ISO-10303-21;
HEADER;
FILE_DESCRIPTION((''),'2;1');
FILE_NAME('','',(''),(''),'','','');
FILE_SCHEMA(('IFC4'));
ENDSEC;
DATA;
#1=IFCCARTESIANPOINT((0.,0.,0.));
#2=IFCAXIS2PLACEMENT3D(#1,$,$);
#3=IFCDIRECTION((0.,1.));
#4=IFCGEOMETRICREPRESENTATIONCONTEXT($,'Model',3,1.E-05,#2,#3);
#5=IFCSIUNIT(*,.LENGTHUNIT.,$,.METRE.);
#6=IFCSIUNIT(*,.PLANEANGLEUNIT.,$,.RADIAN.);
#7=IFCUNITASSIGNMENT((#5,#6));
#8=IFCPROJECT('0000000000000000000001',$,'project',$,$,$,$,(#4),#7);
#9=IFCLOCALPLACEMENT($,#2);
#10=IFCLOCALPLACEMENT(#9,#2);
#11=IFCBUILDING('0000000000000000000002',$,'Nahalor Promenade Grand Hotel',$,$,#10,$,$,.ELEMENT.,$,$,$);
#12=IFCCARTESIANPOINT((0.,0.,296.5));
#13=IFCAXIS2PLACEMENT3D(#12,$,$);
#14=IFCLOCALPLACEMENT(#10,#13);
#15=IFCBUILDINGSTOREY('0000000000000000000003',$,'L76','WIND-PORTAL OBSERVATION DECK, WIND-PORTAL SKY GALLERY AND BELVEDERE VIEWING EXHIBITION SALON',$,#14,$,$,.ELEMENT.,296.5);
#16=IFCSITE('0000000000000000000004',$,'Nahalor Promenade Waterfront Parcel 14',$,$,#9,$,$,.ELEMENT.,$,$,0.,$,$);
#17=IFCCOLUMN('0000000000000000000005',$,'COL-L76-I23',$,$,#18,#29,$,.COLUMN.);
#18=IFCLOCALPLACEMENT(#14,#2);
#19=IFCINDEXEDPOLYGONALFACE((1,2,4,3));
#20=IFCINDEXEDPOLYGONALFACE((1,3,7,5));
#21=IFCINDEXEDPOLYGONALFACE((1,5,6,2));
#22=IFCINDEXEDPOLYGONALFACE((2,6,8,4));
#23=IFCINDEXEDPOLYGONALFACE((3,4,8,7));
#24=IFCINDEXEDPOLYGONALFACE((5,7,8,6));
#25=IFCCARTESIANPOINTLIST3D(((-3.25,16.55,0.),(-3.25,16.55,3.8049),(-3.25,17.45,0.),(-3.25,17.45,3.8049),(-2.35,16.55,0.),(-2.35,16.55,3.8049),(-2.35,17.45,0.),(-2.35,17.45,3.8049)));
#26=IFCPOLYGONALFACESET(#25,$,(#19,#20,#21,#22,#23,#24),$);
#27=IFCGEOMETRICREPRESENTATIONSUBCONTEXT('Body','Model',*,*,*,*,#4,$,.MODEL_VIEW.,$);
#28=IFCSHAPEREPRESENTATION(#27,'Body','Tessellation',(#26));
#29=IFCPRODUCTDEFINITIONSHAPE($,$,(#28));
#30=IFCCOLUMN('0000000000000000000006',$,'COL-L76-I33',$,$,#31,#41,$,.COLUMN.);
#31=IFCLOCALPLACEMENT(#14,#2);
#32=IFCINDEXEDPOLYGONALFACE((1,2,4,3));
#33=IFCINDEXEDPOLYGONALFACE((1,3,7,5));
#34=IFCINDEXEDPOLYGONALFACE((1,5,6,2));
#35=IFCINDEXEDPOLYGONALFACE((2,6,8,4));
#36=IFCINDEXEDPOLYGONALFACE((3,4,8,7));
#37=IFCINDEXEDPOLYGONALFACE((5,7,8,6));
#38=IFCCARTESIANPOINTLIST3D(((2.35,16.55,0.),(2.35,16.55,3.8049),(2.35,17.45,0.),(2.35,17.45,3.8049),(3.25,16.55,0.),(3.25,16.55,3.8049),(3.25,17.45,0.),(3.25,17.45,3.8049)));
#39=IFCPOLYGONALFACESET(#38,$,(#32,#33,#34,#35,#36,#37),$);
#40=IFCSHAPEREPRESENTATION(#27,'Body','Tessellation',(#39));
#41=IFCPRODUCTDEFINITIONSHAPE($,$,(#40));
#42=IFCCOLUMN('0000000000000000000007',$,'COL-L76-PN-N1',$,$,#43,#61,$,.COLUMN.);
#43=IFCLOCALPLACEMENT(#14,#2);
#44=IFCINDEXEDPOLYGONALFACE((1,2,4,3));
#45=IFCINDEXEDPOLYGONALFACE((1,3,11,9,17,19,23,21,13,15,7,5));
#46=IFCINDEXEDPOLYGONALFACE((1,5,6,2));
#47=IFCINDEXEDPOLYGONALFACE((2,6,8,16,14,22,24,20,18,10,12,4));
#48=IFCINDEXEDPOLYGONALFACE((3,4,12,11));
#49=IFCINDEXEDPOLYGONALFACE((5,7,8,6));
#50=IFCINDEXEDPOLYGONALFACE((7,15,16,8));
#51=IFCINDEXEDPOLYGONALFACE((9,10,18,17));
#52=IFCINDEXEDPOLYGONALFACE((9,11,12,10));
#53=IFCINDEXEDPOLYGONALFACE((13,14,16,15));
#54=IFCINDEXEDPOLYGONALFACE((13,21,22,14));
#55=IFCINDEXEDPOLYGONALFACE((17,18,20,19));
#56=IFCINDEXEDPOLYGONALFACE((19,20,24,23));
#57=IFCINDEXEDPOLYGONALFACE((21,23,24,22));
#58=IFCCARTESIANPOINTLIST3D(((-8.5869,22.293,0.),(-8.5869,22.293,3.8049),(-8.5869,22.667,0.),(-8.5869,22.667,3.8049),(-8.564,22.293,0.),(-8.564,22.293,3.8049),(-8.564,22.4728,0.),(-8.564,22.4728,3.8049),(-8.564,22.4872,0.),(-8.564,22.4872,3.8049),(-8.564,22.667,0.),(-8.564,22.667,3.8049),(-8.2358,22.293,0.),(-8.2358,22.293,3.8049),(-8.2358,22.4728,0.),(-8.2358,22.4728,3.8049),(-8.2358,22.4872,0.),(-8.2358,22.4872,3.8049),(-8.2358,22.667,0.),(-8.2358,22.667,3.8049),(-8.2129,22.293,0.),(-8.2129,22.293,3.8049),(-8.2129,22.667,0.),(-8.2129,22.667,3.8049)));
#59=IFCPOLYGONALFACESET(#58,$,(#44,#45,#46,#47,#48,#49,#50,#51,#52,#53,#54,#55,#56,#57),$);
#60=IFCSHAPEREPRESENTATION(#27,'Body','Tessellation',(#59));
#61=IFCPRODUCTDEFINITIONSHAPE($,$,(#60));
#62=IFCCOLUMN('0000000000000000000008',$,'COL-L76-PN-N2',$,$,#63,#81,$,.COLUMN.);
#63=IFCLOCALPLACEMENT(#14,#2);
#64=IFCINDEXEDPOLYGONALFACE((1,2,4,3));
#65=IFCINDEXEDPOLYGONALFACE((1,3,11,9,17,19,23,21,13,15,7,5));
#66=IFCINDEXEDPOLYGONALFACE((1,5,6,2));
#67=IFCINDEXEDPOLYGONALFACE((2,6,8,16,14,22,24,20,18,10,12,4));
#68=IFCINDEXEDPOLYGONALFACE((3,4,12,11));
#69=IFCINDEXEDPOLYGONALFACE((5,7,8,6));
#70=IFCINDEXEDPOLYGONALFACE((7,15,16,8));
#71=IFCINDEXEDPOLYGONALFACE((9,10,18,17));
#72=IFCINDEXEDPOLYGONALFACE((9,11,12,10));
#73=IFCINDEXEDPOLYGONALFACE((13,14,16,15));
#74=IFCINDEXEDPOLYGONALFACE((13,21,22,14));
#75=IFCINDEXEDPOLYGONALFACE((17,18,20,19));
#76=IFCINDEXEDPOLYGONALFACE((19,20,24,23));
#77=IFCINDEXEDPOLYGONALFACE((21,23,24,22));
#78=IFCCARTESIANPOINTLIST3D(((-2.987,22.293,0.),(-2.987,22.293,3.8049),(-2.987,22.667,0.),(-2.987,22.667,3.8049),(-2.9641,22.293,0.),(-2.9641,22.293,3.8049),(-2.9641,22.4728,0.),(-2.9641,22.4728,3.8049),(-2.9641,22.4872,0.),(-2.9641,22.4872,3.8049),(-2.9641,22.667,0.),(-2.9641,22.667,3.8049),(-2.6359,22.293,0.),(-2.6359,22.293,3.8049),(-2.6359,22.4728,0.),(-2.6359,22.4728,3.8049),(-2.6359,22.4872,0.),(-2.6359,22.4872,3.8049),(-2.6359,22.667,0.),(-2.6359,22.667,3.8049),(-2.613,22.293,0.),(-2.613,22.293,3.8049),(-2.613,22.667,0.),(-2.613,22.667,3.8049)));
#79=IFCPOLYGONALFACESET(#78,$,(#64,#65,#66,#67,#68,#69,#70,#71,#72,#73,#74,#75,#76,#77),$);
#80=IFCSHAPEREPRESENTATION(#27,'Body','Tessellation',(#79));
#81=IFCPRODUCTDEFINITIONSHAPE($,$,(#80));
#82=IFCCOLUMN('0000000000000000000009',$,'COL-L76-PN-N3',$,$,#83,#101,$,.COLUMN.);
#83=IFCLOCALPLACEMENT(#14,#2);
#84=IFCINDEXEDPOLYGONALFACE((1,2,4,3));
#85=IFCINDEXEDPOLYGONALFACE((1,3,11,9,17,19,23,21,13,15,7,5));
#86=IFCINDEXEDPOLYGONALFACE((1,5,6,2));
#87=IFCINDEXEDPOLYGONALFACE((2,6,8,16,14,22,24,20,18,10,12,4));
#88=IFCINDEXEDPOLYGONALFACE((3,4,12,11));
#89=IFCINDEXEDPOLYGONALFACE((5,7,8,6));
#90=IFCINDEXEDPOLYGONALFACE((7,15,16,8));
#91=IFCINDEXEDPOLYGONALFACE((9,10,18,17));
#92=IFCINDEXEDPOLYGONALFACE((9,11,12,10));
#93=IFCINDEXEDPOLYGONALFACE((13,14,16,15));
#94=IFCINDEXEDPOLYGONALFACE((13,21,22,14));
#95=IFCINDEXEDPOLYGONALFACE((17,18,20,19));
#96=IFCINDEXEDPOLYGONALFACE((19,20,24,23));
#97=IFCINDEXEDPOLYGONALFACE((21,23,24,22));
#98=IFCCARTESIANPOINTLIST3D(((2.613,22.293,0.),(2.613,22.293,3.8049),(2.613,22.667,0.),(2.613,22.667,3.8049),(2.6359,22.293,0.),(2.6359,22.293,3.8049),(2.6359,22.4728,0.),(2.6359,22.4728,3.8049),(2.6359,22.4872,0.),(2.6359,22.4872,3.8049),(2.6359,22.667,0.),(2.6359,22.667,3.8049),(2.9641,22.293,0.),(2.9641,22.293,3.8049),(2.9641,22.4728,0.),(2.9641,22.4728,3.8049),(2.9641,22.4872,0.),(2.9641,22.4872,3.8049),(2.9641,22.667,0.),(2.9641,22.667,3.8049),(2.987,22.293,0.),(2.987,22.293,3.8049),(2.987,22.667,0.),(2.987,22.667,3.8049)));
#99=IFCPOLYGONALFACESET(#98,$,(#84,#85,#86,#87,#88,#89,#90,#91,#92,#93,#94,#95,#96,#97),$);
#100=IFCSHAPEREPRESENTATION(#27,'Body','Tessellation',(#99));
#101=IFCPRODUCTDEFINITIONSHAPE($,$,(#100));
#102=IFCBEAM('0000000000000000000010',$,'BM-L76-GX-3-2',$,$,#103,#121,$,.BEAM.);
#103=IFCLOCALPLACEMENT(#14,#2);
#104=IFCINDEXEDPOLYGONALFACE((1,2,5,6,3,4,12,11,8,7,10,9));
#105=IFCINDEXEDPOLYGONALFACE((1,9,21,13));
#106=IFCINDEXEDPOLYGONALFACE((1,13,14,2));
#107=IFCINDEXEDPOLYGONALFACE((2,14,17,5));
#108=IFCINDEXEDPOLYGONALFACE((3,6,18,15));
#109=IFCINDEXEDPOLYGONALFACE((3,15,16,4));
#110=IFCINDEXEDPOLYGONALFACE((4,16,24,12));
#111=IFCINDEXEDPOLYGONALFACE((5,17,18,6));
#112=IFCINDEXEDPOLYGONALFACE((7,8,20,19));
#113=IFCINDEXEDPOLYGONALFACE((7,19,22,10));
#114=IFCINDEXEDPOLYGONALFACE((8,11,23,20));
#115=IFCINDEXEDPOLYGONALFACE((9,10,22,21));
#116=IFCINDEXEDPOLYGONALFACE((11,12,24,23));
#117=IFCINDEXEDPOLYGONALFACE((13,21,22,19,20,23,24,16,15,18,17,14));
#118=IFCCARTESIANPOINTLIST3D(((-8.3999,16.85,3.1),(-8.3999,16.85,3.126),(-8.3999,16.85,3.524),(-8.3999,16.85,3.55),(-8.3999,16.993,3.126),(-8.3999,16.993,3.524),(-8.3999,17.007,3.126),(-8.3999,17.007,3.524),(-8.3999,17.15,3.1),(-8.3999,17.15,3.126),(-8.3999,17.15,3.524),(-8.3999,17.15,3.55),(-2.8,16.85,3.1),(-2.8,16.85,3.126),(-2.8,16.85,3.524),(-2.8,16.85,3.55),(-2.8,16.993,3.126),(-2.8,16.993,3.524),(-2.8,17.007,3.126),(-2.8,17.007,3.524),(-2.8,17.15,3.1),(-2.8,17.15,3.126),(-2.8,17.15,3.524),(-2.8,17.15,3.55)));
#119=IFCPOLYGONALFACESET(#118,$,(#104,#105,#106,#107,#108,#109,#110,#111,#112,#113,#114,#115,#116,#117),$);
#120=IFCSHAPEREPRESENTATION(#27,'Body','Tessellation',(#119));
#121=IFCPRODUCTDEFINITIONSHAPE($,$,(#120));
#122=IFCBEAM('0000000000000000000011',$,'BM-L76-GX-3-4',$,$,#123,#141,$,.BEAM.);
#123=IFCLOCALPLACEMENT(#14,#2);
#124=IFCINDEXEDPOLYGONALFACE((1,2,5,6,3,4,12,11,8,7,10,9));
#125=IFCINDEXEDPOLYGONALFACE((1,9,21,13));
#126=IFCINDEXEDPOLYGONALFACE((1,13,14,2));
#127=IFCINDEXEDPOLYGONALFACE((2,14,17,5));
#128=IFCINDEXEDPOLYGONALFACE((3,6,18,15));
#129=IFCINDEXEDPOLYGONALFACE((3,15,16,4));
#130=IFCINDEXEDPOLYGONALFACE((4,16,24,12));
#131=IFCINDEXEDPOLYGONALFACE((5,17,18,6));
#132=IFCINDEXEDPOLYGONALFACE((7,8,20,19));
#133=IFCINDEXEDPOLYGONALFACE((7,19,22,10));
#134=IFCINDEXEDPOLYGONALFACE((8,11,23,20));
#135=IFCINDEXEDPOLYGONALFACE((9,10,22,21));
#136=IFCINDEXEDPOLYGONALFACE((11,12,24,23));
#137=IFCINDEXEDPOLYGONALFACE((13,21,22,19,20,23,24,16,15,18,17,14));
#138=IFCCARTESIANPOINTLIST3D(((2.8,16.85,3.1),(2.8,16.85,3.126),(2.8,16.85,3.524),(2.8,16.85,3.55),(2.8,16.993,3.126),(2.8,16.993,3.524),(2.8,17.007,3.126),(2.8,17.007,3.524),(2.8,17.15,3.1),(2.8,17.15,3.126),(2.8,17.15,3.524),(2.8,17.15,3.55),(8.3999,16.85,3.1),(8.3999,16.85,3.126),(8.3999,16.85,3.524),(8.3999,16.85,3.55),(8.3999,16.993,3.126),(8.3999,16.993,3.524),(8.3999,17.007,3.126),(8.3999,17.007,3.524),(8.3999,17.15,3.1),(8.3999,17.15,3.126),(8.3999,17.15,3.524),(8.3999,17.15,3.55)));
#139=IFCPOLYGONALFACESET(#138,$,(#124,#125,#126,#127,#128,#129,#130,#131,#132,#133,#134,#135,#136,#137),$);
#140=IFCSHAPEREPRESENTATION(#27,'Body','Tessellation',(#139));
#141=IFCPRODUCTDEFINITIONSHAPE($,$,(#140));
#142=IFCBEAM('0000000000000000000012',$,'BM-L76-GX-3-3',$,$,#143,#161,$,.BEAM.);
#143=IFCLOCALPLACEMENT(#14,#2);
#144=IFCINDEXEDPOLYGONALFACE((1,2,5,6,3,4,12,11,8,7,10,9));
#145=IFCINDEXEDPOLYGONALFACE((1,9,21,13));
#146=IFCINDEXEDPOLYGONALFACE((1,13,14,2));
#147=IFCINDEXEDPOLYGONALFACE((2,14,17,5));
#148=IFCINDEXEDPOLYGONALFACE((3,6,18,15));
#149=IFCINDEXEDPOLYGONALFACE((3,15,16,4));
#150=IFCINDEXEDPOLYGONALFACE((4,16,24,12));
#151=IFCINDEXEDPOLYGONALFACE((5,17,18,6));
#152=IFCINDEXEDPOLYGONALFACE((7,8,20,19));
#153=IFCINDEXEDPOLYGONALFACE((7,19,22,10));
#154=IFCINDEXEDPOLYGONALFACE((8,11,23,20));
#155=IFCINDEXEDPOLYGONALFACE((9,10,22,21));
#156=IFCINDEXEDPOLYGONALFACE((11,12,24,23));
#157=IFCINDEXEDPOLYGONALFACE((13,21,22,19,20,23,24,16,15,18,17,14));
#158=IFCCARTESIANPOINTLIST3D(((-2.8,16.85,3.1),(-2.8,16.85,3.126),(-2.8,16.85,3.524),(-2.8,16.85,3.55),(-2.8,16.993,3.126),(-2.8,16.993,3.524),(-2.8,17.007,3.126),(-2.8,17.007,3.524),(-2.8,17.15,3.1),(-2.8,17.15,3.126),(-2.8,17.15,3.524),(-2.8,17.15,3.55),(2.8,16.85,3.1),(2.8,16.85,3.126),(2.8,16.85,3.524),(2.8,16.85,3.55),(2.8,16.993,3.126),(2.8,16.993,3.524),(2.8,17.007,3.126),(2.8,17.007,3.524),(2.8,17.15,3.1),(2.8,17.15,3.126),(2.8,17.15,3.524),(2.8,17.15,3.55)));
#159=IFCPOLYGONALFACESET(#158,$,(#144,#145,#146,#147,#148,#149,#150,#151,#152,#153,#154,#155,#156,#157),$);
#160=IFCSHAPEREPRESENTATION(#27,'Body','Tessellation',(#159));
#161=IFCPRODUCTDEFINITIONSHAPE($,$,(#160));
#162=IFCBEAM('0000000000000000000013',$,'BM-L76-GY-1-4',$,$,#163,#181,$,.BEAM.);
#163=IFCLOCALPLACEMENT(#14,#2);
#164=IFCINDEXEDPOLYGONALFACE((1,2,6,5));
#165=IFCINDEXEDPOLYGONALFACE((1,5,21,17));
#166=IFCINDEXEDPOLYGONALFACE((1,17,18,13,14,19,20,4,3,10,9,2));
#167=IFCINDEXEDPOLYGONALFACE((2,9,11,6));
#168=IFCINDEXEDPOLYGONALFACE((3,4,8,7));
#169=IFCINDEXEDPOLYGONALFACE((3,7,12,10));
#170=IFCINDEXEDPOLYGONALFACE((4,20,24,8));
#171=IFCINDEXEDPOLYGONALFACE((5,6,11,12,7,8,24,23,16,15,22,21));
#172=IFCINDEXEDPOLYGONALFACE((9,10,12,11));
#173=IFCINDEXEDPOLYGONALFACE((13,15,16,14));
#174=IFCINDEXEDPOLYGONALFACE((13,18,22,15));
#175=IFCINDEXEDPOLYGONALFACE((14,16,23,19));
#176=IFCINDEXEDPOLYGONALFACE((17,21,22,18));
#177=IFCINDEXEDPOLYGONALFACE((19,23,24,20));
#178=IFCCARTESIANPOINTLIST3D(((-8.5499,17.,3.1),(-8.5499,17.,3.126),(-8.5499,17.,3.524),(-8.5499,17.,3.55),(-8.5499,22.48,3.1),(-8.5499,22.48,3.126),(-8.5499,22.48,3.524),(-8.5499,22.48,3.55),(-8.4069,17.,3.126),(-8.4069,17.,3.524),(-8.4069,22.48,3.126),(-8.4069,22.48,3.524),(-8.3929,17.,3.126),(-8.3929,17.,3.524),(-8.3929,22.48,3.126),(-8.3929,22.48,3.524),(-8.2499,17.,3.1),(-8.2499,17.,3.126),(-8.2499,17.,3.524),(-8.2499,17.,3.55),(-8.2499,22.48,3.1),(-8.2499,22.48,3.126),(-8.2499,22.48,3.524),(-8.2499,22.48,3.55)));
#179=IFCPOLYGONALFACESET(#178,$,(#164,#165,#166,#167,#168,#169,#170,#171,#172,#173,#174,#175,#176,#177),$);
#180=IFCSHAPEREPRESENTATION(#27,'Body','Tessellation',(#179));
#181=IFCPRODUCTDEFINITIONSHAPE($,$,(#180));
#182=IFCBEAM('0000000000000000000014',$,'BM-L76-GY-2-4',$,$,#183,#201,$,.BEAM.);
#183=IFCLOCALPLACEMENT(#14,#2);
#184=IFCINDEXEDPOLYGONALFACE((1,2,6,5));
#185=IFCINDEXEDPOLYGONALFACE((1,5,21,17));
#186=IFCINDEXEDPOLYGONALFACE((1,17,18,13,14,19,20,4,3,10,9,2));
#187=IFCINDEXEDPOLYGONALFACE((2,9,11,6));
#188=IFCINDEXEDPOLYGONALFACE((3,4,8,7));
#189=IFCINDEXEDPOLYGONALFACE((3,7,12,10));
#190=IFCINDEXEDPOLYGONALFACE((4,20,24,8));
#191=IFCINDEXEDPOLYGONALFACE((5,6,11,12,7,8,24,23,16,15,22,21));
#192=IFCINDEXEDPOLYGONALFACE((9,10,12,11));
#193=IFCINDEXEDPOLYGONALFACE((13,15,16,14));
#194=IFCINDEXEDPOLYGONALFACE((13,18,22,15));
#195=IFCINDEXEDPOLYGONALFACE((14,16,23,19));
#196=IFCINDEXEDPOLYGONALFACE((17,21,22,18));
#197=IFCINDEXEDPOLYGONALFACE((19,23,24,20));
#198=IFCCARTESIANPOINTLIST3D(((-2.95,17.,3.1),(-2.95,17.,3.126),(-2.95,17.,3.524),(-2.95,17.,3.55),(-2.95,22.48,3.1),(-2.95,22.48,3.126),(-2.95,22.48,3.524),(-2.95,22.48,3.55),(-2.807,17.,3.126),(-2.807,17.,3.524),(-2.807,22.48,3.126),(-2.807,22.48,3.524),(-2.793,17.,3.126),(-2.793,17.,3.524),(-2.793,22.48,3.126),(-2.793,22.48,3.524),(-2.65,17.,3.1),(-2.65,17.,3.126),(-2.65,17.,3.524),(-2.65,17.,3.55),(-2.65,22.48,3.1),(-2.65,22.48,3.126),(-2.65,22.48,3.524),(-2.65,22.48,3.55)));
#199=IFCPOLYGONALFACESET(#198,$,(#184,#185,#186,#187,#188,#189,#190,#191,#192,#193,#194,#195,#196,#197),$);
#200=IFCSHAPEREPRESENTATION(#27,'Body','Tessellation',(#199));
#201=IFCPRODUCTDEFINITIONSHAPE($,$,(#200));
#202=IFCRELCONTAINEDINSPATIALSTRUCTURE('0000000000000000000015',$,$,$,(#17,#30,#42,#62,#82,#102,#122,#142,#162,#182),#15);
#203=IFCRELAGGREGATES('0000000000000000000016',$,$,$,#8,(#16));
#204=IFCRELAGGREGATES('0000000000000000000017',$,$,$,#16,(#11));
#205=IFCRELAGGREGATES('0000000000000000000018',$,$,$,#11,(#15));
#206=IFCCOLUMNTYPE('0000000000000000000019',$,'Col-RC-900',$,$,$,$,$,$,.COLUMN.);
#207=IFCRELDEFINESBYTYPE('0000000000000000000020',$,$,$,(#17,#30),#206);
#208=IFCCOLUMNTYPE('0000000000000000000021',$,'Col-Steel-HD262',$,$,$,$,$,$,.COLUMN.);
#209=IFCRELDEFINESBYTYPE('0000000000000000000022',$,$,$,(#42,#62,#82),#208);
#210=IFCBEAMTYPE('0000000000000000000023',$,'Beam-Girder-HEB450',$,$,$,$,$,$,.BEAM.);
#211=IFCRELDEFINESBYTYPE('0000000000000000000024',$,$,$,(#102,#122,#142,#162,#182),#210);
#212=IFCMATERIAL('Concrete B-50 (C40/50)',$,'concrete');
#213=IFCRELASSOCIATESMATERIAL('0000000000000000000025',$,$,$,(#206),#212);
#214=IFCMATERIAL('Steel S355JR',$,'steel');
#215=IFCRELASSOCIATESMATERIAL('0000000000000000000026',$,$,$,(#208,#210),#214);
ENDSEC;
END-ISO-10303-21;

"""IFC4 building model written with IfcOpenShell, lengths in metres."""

from ifc_helpers import new_model, si_unit, direction, frame, origin, origin_2d, place, context, subcontext, project, spatial, rectangle, i_section, extrude, source, transform, mapped, material, material_profile, profile_set, type_object, element, save


model = new_model("IFC4")

# Units and contexts
model_context = context("Model", 3, precision=1e-05, world=origin(), true_north=direction((0.0, 1.0)))
body_context = subcontext(model_context, "Body", "Model", "MODEL_VIEW")
ifc_project = project(units=[si_unit("LENGTHUNIT", "METRE"), si_unit("PLANEANGLEUNIT", "RADIAN")], contexts=[model_context])

# Site, building, storey
site_placement = place(None, origin())
site = spatial("IfcSite", under=ifc_project, at=site_placement, Name="Nahalor Promenade Waterfront Parcel 14", CompositionType="ELEMENT", RefElevation=0.0)
building_placement = place(site_placement, origin())
building = spatial("IfcBuilding", under=site, at=building_placement, Name="Nahalor Promenade Grand Hotel", CompositionType="ELEMENT")
storey_placement = place(building_placement, frame((0.0, 0.0, 296.5)))
storey = spatial("IfcBuildingStorey", under=building, at=storey_placement, Name="L76", Description="WIND-PORTAL OBSERVATION DECK, WIND-PORTAL SKY GALLERY AND BELVEDERE VIEWING EXHIBITION SALON", CompositionType="ELEMENT", Elevation=296.5)

# Columns
ifc_material_1 = material(Name="Concrete B-50 (C40/50)", Category="concrete")
ifc_material_profile_1 = material_profile(ifc_material_1, rectangle(XDim=0.9, YDim=0.9, at=origin_2d()), Name="RC 900x900")
ifc_profile_set_1 = profile_set([ifc_material_profile_1], Name="Concrete B-50 (C40/50)")
column_type_1 = type_object("IfcColumnType", Name="Col-RC-900", PredefinedType="COLUMN", material=ifc_profile_set_1)
shared_shape_1 = source(origin(), body_context, "Body", "SweptSolid", [
    extrude(rectangle(XDim=0.9, YDim=0.9, at=origin_2d()), origin(), (0.0, 0.0, 1.0), 3.8049),
])
for number, where, z_axis, x_axis, name in (
    (1, (-2.8, 17.0, 0.0), (0.0, 0.0, 1.0), (1.0, 0.0, 0.0), "COL-L76-I23"),
    (2, (2.8, 17.0, 0.0), (0.0, 0.0, 1.0), (1.0, 0.0, 0.0), "COL-L76-I33"),
):
    element("IfcColumn", number, at=place(storey_placement, frame(where, z_axis=z_axis, x_axis=x_axis)), inside=storey, type_object=column_type_1, Name=name, PredefinedType="COLUMN", context=body_context, shape_type="MappedRepresentation", body=[
        mapped(shared_shape_1, transform((0.0, 0.0, 0.0), scale=1.0)),
    ])
ifc_material_2 = material(Name="Steel S355JR", Category="steel")
ifc_material_profile_2 = material_profile(ifc_material_2, i_section(OverallWidth=0.374, OverallDepth=0.374, WebThickness=0.0144, FlangeThickness=0.0229, at=origin_2d()), Name="HD 360x262")
ifc_profile_set_2 = profile_set([ifc_material_profile_2], Name="Steel S355JR")
column_type_2 = type_object("IfcColumnType", Name="Col-Steel-HD262", PredefinedType="COLUMN", material=ifc_profile_set_2)
shared_shape_2 = source(origin(), body_context, "Body", "SweptSolid", [
    extrude(i_section(OverallWidth=0.374, OverallDepth=0.374, WebThickness=0.0144, FlangeThickness=0.0229, at=origin_2d()), origin(), (0.0, 0.0, 1.0), 3.8049),
])
for number, where, z_axis, x_axis, name in (
    (3, (-8.3999, 22.48, 0.0), (0.0, 0.0, 1.0), (0.0, 1.0, 0.0), "COL-L76-PN-N1"),
    (4, (-2.8, 22.48, 0.0), (0.0, 0.0, 1.0), (0.0, 1.0, 0.0), "COL-L76-PN-N2"),
    (5, (2.8, 22.48, 0.0), (0.0, 0.0, 1.0), (0.0, 1.0, 0.0), "COL-L76-PN-N3"),
):
    element("IfcColumn", number, at=place(storey_placement, frame(where, z_axis=z_axis, x_axis=x_axis)), inside=storey, type_object=column_type_2, Name=name, PredefinedType="COLUMN", context=body_context, shape_type="MappedRepresentation", body=[
        mapped(shared_shape_2, transform((0.0, 0.0, 0.0), scale=1.0)),
    ])

# Beams
ifc_material_profile_3 = material_profile(ifc_material_2, i_section(OverallWidth=0.3, OverallDepth=0.45, WebThickness=0.014, FlangeThickness=0.026, at=origin_2d()), Name="HEB 450")
ifc_profile_set_3 = profile_set([ifc_material_profile_3], Name="Steel S355JR")
beam_type_1 = type_object("IfcBeamType", Name="Beam-Girder-HEB450", PredefinedType="BEAM", material=ifc_profile_set_3)
shared_shape_3 = source(origin(), body_context, "Body", "SweptSolid", [
    extrude(i_section(OverallWidth=0.3, OverallDepth=0.45, WebThickness=0.014, FlangeThickness=0.026, at=origin_2d()), origin(), (0.0, 0.0, 1.0), 5.5999),
])
for number, where, z_axis, x_axis, name in (
    (6, (-8.3999, 17.0, 3.325), (1.0, 0.0, 0.0), (0.0, 1.0, 0.0), "BM-L76-GX-3-2"),
    (7, (2.8, 17.0, 3.325), (1.0, 0.0, 0.0), (0.0, 1.0, 0.0), "BM-L76-GX-3-4"),
):
    element("IfcBeam", number, at=place(storey_placement, frame(where, z_axis=z_axis, x_axis=x_axis)), inside=storey, type_object=beam_type_1, Name=name, PredefinedType="BEAM", context=body_context, shape_type="MappedRepresentation", body=[
        mapped(shared_shape_3, transform((0.0, 0.0, 0.0), scale=1.0)),
    ])
shared_shape_4 = source(origin(), body_context, "Body", "SweptSolid", [
    extrude(i_section(OverallWidth=0.3, OverallDepth=0.45, WebThickness=0.014, FlangeThickness=0.026, at=origin_2d()), origin(), (0.0, 0.0, 1.0), 5.6001),
])
beam_1_placement = place(storey_placement, frame((-2.8, 17.0, 3.325), z_axis=(1.0, 0.0, 0.0), x_axis=(0.0, 1.0, 0.0)))
element("IfcBeam", 8, at=beam_1_placement, inside=storey, type_object=beam_type_1, Name="BM-L76-GX-3-3", PredefinedType="BEAM", context=body_context, shape_type="MappedRepresentation", body=[
    mapped(shared_shape_4, transform((0.0, 0.0, 0.0), scale=1.0)),
])
shared_shape_5 = source(origin(), body_context, "Body", "SweptSolid", [
    extrude(i_section(OverallWidth=0.3, OverallDepth=0.45, WebThickness=0.014, FlangeThickness=0.026, at=origin_2d()), origin(), (0.0, 0.0, 1.0), 5.48),
])
for number, where, z_axis, x_axis, name in (
    (9, (-8.3999, 17.0, 3.325), (0.0, 1.0, 0.0), (-1.0, 0.0, 0.0), "BM-L76-GY-1-4"),
    (10, (-2.8, 17.0, 3.325), (0.0, 1.0, 0.0), (-1.0, 0.0, 0.0), "BM-L76-GY-2-4"),
):
    element("IfcBeam", number, at=place(storey_placement, frame(where, z_axis=z_axis, x_axis=x_axis)), inside=storey, type_object=beam_type_1, Name=name, PredefinedType="BEAM", context=body_context, shape_type="MappedRepresentation", body=[
        mapped(shared_shape_5, transform((0.0, 0.0, 0.0), scale=1.0)),
    ])

save(model, "model.ifc")
